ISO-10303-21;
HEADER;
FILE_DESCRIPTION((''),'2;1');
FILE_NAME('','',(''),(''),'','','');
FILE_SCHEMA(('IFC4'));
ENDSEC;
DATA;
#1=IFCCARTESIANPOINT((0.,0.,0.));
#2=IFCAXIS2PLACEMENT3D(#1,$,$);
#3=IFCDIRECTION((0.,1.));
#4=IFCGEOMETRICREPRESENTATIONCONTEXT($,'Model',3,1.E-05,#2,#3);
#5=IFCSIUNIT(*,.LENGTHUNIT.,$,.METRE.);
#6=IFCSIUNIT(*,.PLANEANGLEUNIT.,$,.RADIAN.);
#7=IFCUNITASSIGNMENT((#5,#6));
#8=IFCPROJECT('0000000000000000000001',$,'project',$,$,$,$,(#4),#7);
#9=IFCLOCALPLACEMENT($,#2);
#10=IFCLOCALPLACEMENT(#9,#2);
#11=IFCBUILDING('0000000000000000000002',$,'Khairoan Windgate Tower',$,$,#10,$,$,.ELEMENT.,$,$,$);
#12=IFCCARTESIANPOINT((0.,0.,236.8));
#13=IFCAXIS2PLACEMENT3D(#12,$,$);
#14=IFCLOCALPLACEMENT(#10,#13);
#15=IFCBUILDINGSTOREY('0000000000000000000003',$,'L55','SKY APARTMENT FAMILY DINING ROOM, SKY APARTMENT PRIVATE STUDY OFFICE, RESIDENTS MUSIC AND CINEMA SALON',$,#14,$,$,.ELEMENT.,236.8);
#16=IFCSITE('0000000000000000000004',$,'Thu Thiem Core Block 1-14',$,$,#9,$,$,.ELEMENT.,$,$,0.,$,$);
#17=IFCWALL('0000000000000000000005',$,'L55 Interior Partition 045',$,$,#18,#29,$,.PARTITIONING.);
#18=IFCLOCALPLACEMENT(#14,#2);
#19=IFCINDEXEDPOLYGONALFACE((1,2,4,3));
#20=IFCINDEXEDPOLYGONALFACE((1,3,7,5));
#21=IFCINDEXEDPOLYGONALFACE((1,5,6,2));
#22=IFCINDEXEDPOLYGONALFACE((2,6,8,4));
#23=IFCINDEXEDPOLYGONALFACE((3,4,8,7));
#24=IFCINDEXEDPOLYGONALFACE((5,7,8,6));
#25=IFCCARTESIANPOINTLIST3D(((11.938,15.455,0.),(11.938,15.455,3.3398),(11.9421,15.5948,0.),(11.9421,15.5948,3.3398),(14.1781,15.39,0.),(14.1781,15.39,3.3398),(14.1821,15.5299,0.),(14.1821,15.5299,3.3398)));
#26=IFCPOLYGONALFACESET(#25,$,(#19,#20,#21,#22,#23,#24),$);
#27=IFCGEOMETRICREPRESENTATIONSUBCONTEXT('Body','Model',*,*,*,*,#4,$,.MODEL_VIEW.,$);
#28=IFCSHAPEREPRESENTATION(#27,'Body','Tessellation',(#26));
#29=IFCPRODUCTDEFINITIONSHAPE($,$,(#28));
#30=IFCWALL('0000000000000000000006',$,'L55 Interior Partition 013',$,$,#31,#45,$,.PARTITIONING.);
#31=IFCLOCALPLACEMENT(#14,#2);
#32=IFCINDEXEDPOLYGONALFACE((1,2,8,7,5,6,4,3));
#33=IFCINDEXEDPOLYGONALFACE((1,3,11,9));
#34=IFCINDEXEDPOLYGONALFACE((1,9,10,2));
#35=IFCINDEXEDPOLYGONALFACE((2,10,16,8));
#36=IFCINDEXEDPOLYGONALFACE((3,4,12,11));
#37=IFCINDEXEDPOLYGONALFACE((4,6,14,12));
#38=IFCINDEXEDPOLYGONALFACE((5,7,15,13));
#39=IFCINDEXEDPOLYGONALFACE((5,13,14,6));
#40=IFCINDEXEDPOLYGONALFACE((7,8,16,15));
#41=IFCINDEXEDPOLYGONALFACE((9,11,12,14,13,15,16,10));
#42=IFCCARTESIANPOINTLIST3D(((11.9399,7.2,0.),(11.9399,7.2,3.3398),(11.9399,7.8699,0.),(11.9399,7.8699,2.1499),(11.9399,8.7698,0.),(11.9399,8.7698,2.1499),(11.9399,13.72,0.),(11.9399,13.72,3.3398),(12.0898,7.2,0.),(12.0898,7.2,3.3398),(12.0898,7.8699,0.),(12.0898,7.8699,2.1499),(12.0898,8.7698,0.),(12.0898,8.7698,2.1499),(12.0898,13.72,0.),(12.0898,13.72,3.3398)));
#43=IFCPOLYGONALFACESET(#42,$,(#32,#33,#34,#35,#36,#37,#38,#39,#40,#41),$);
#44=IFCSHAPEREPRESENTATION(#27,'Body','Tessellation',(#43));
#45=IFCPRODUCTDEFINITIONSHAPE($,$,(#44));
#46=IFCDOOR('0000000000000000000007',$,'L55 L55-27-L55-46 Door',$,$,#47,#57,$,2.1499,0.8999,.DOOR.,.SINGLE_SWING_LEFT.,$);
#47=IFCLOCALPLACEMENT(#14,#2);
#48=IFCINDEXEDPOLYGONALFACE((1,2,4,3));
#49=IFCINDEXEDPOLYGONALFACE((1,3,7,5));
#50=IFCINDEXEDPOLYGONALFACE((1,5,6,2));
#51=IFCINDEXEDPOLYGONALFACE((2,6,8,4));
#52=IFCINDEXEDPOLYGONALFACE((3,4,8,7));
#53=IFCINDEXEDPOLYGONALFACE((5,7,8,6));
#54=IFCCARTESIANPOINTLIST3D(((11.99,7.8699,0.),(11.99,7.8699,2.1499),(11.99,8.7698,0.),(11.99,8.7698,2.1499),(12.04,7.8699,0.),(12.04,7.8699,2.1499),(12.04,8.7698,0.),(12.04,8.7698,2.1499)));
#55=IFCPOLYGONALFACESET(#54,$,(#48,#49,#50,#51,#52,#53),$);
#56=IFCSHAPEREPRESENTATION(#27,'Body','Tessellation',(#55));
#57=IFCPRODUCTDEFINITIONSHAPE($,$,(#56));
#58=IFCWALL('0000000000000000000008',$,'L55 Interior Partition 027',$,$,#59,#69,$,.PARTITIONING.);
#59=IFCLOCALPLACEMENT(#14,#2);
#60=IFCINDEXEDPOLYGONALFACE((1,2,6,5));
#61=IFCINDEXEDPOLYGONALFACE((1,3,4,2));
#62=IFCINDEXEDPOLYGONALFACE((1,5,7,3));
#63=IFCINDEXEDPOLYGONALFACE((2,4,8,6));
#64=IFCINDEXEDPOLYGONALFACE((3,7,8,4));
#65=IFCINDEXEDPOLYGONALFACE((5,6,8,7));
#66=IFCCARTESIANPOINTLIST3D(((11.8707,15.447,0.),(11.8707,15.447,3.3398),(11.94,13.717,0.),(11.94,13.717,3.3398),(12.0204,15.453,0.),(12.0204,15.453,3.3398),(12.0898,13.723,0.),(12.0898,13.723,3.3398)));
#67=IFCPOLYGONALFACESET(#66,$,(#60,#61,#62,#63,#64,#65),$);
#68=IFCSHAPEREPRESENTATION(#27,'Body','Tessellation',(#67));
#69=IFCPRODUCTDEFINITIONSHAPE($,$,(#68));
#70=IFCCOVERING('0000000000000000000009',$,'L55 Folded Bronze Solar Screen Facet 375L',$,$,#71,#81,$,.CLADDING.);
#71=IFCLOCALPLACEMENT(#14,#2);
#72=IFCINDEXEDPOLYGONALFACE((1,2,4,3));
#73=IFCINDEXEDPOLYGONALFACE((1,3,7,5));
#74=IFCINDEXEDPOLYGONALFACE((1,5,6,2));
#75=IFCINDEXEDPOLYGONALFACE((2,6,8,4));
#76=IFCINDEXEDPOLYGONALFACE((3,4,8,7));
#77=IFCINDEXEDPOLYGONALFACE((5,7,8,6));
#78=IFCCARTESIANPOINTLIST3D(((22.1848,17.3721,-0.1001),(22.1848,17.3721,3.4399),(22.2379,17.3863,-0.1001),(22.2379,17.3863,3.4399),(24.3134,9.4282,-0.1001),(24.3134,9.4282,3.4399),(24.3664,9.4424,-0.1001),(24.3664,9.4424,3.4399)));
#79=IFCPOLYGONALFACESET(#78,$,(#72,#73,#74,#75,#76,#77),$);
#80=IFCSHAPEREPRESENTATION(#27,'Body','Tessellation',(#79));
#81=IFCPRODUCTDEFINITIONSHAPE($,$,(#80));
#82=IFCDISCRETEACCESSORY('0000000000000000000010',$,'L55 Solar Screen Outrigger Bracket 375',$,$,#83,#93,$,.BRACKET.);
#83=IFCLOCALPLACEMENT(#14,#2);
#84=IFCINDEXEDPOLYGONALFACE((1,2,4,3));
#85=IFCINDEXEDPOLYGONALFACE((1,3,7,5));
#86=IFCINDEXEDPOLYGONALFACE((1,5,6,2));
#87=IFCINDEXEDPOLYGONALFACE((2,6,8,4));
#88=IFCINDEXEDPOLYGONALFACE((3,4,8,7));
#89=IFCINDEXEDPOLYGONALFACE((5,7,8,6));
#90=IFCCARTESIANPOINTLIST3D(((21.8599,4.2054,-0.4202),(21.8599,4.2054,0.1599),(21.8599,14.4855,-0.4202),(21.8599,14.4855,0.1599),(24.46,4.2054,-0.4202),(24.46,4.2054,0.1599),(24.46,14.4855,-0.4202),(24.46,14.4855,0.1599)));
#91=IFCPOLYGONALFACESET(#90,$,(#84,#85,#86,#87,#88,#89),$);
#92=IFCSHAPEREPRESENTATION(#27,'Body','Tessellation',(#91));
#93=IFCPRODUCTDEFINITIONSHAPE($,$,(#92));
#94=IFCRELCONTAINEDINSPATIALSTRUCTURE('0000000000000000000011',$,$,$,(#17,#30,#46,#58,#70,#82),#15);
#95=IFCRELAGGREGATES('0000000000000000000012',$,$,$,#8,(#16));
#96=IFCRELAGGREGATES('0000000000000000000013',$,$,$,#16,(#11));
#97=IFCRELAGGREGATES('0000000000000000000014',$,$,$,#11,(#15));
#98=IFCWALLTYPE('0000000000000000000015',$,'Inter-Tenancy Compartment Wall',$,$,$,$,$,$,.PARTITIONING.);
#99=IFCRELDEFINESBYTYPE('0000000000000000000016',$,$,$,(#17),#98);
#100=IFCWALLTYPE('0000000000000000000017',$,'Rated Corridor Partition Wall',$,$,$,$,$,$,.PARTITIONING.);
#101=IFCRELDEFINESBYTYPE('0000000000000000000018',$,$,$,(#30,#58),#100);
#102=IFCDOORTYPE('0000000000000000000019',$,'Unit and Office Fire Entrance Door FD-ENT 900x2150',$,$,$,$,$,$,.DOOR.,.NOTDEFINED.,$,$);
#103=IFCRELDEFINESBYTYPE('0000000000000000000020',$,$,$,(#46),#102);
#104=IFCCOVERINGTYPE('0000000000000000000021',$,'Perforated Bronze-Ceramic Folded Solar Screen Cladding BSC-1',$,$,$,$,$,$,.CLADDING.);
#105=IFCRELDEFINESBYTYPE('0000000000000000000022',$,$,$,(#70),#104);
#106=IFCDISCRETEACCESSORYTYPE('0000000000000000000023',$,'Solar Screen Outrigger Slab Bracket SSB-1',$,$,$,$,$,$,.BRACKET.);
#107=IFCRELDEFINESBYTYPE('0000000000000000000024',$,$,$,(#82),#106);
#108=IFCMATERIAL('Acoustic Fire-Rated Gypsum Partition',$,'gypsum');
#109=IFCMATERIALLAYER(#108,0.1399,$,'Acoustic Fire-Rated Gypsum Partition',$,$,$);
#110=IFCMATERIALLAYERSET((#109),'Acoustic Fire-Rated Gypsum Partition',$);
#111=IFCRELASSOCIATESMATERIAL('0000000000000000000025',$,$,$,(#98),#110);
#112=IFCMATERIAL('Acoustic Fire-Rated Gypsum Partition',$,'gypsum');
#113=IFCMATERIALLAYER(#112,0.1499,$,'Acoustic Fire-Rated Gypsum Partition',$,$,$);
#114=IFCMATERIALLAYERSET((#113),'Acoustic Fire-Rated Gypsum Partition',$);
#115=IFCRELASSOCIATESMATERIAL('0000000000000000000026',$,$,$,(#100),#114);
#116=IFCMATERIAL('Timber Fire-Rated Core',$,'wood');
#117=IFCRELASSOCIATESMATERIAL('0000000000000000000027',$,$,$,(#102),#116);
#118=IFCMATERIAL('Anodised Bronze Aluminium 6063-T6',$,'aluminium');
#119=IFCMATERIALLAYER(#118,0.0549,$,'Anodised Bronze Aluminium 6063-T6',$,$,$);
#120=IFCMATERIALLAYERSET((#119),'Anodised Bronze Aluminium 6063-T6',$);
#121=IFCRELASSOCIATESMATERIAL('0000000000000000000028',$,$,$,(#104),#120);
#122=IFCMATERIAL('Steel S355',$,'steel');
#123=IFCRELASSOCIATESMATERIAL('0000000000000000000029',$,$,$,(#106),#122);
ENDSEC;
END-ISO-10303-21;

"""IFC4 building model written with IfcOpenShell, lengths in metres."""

from ifc_helpers import new_model, si_unit, direction, frame, frame_2d, origin, origin_2d, place, context, subcontext, project, spatial, rectangle, extrude, material, layer, layer_set, type_object, element, fill, save


model = new_model("IFC4")

# Units and contexts
model_context = context("Model", 3, precision=1e-05, world=origin(), true_north=direction((0.0, 1.0)))
body_context = subcontext(model_context, "Body", "Model", "MODEL_VIEW")
ifc_project = project(units=[si_unit("LENGTHUNIT", "METRE"), si_unit("PLANEANGLEUNIT", "RADIAN")], contexts=[model_context])

# Site, building, storey
site_placement = place(None, origin())
site = spatial("IfcSite", under=ifc_project, at=site_placement, Name="Thu Thiem Core Block 1-14", CompositionType="ELEMENT", RefElevation=0.0)
building_placement = place(site_placement, origin())
building = spatial("IfcBuilding", under=site, at=building_placement, Name="Khairoan Windgate Tower", CompositionType="ELEMENT")
storey_placement = place(building_placement, frame((0.0, 0.0, 236.8)))
storey = spatial("IfcBuildingStorey", under=building, at=storey_placement, Name="L55", Description="SKY APARTMENT FAMILY DINING ROOM, SKY APARTMENT PRIVATE STUDY OFFICE, RESIDENTS MUSIC AND CINEMA SALON", CompositionType="ELEMENT", Elevation=236.8)

# Wall
ifc_material_1 = material(Name="Acoustic Fire-Rated Gypsum Partition", Category="gypsum")
ifc_layer_1 = layer(ifc_material_1, 0.1399, Name="Acoustic Fire-Rated Gypsum Partition")
ifc_layer_set_1 = layer_set([ifc_layer_1], Name="Acoustic Fire-Rated Gypsum Partition")
wall_type_1 = type_object("IfcWallType", Name="Inter-Tenancy Compartment Wall", PredefinedType="PARTITIONING", material=ifc_layer_set_1)
wall_1_placement = place(storey_placement, frame((11.9399, 15.5249, 0.0), z_axis=(0.0, 0.0, 1.0), x_axis=(0.99958, -0.02898, 0.0)))
element("IfcWall", 1, at=wall_1_placement, inside=storey, type_object=wall_type_1, Name="L55 Interior Partition 045", PredefinedType="PARTITIONING", context=body_context, shape_type="SweptSolid", body=[
    extrude(rectangle(XDim=2.241, YDim=0.1399, at=frame_2d((1.1206, 0.0))), origin(), (0.0, 0.0, 1.0), 3.3398),
])

# Wall, opening, door
ifc_material_2 = material(Name="Acoustic Fire-Rated Gypsum Partition", Category="gypsum")
ifc_layer_2 = layer(ifc_material_2, 0.1499, Name="Acoustic Fire-Rated Gypsum Partition")
ifc_layer_set_2 = layer_set([ifc_layer_2], Name="Acoustic Fire-Rated Gypsum Partition")
wall_type_2 = type_object("IfcWallType", Name="Rated Corridor Partition Wall", PredefinedType="PARTITIONING", material=ifc_layer_set_2)
wall_2_placement = place(storey_placement, frame((12.0149, 7.2, 0.0), z_axis=(0.0, 0.0, 1.0), x_axis=(0.0, 1.0, 0.0)))
wall_2 = element("IfcWall", 2, at=wall_2_placement, inside=storey, type_object=wall_type_2, Name="L55 Interior Partition 013", PredefinedType="PARTITIONING", context=body_context, shape_type="SweptSolid", body=[
    extrude(rectangle(XDim=6.52, YDim=0.1499, at=frame_2d((3.26, 0.0))), origin(), (0.0, 0.0, 1.0), 3.3398),
])
opening_placement = place(wall_2_placement, frame((0.6699, 0.0, 0.0)))
opening = element("IfcOpeningElement", 3, at=opening_placement, cuts=wall_2, PredefinedType="OPENING", context=body_context, shape_type="SweptSolid", body=[
    extrude(rectangle(XDim=0.8999, YDim=2.1499, at=frame_2d((0.45, 1.075))), frame((0.0, 0.085, 0.0), z_axis=(0.0, -1.0, 0.0), x_axis=(1.0, 0.0, 0.0)), (0.0, 0.0, 1.0), 0.1699),
])
ifc_material_3 = material(Name="Timber Fire-Rated Core", Category="wood")
door_type = type_object("IfcDoorType", Name="Unit and Office Fire Entrance Door FD-ENT 900x2150", OperationType="NOTDEFINED", PredefinedType="DOOR", material=ifc_material_3)
door_placement = place(opening_placement, origin())
door = element("IfcDoor", 4, at=door_placement, inside=storey, type_object=door_type, Name="L55 L55-27-L55-46 Door", OperationType="SINGLE_SWING_LEFT", OverallHeight=2.1499, OverallWidth=0.8999, PredefinedType="DOOR", context=body_context, shape_type="SweptSolid", body=[
    extrude(rectangle(XDim=0.8999, YDim=2.1499, at=frame_2d((0.45, 1.075))), frame((0.0, 0.0249, 0.0), z_axis=(0.0, -1.0, 0.0), x_axis=(1.0, 0.0, 0.0)), (0.0, 0.0, 1.0), 0.05),
])
fill(opening, door)

# Wall
wall_3_placement = place(storey_placement, frame((12.0149, 13.72, 0.0), z_axis=(0.0, 0.0, 1.0), x_axis=(-0.040047, 0.999198, 0.0)))
element("IfcWall", 5, at=wall_3_placement, inside=storey, type_object=wall_type_2, Name="L55 Interior Partition 027", PredefinedType="PARTITIONING", context=body_context, shape_type="SweptSolid", body=[
    extrude(rectangle(XDim=1.7314, YDim=0.1499, at=frame_2d((0.8657, 0.0))), origin(), (0.0, 0.0, 1.0), 3.3398),
])

# Covering
ifc_material_4 = material(Name="Anodised Bronze Aluminium 6063-T6", Category="aluminium")
ifc_layer_3 = layer(ifc_material_4, 0.0549, Name="Anodised Bronze Aluminium 6063-T6")
ifc_layer_set_3 = layer_set([ifc_layer_3], Name="Anodised Bronze Aluminium 6063-T6")
covering_type = type_object("IfcCoveringType", Name="Perforated Bronze-Ceramic Folded Solar Screen Cladding BSC-1", PredefinedType="CLADDING", material=ifc_layer_set_3)
covering_placement = place(storey_placement, frame((23.2756, 13.4072, -0.1001), z_axis=(0.0, 0.0, 1.0), x_axis=(0.258819, -0.965926, 0.0)))
element("IfcCovering", 6, at=covering_placement, inside=storey, type_object=covering_type, Name="L55 Folded Bronze Solar Screen Facet 375L", PredefinedType="CLADDING", context=body_context, shape_type="SweptSolid", body=[
    extrude(rectangle(XDim=8.2241, YDim=0.0549, at=origin_2d()), origin(), (0.0, 0.0, 1.0), 3.54),
])

# Discrete accessory
ifc_material_5 = material(Name="Steel S355", Category="steel")
discrete_accessory_type = type_object("IfcDiscreteAccessoryType", Name="Solar Screen Outrigger Slab Bracket SSB-1", PredefinedType="BRACKET", material=ifc_material_5)
discrete_accessory_placement = place(storey_placement, frame((23.1599, 9.3455, -0.4202), z_axis=(0.0, 0.0, 1.0), x_axis=(0.0, -1.0, 0.0)))
element("IfcDiscreteAccessory", 7, at=discrete_accessory_placement, inside=storey, type_object=discrete_accessory_type, Name="L55 Solar Screen Outrigger Bracket 375", PredefinedType="BRACKET", context=body_context, shape_type="SweptSolid", body=[
    extrude(rectangle(XDim=10.28, YDim=2.6001, at=origin_2d()), origin(), (0.0, 0.0, 1.0), 0.5801),
])

save(model, "model.ifc")
